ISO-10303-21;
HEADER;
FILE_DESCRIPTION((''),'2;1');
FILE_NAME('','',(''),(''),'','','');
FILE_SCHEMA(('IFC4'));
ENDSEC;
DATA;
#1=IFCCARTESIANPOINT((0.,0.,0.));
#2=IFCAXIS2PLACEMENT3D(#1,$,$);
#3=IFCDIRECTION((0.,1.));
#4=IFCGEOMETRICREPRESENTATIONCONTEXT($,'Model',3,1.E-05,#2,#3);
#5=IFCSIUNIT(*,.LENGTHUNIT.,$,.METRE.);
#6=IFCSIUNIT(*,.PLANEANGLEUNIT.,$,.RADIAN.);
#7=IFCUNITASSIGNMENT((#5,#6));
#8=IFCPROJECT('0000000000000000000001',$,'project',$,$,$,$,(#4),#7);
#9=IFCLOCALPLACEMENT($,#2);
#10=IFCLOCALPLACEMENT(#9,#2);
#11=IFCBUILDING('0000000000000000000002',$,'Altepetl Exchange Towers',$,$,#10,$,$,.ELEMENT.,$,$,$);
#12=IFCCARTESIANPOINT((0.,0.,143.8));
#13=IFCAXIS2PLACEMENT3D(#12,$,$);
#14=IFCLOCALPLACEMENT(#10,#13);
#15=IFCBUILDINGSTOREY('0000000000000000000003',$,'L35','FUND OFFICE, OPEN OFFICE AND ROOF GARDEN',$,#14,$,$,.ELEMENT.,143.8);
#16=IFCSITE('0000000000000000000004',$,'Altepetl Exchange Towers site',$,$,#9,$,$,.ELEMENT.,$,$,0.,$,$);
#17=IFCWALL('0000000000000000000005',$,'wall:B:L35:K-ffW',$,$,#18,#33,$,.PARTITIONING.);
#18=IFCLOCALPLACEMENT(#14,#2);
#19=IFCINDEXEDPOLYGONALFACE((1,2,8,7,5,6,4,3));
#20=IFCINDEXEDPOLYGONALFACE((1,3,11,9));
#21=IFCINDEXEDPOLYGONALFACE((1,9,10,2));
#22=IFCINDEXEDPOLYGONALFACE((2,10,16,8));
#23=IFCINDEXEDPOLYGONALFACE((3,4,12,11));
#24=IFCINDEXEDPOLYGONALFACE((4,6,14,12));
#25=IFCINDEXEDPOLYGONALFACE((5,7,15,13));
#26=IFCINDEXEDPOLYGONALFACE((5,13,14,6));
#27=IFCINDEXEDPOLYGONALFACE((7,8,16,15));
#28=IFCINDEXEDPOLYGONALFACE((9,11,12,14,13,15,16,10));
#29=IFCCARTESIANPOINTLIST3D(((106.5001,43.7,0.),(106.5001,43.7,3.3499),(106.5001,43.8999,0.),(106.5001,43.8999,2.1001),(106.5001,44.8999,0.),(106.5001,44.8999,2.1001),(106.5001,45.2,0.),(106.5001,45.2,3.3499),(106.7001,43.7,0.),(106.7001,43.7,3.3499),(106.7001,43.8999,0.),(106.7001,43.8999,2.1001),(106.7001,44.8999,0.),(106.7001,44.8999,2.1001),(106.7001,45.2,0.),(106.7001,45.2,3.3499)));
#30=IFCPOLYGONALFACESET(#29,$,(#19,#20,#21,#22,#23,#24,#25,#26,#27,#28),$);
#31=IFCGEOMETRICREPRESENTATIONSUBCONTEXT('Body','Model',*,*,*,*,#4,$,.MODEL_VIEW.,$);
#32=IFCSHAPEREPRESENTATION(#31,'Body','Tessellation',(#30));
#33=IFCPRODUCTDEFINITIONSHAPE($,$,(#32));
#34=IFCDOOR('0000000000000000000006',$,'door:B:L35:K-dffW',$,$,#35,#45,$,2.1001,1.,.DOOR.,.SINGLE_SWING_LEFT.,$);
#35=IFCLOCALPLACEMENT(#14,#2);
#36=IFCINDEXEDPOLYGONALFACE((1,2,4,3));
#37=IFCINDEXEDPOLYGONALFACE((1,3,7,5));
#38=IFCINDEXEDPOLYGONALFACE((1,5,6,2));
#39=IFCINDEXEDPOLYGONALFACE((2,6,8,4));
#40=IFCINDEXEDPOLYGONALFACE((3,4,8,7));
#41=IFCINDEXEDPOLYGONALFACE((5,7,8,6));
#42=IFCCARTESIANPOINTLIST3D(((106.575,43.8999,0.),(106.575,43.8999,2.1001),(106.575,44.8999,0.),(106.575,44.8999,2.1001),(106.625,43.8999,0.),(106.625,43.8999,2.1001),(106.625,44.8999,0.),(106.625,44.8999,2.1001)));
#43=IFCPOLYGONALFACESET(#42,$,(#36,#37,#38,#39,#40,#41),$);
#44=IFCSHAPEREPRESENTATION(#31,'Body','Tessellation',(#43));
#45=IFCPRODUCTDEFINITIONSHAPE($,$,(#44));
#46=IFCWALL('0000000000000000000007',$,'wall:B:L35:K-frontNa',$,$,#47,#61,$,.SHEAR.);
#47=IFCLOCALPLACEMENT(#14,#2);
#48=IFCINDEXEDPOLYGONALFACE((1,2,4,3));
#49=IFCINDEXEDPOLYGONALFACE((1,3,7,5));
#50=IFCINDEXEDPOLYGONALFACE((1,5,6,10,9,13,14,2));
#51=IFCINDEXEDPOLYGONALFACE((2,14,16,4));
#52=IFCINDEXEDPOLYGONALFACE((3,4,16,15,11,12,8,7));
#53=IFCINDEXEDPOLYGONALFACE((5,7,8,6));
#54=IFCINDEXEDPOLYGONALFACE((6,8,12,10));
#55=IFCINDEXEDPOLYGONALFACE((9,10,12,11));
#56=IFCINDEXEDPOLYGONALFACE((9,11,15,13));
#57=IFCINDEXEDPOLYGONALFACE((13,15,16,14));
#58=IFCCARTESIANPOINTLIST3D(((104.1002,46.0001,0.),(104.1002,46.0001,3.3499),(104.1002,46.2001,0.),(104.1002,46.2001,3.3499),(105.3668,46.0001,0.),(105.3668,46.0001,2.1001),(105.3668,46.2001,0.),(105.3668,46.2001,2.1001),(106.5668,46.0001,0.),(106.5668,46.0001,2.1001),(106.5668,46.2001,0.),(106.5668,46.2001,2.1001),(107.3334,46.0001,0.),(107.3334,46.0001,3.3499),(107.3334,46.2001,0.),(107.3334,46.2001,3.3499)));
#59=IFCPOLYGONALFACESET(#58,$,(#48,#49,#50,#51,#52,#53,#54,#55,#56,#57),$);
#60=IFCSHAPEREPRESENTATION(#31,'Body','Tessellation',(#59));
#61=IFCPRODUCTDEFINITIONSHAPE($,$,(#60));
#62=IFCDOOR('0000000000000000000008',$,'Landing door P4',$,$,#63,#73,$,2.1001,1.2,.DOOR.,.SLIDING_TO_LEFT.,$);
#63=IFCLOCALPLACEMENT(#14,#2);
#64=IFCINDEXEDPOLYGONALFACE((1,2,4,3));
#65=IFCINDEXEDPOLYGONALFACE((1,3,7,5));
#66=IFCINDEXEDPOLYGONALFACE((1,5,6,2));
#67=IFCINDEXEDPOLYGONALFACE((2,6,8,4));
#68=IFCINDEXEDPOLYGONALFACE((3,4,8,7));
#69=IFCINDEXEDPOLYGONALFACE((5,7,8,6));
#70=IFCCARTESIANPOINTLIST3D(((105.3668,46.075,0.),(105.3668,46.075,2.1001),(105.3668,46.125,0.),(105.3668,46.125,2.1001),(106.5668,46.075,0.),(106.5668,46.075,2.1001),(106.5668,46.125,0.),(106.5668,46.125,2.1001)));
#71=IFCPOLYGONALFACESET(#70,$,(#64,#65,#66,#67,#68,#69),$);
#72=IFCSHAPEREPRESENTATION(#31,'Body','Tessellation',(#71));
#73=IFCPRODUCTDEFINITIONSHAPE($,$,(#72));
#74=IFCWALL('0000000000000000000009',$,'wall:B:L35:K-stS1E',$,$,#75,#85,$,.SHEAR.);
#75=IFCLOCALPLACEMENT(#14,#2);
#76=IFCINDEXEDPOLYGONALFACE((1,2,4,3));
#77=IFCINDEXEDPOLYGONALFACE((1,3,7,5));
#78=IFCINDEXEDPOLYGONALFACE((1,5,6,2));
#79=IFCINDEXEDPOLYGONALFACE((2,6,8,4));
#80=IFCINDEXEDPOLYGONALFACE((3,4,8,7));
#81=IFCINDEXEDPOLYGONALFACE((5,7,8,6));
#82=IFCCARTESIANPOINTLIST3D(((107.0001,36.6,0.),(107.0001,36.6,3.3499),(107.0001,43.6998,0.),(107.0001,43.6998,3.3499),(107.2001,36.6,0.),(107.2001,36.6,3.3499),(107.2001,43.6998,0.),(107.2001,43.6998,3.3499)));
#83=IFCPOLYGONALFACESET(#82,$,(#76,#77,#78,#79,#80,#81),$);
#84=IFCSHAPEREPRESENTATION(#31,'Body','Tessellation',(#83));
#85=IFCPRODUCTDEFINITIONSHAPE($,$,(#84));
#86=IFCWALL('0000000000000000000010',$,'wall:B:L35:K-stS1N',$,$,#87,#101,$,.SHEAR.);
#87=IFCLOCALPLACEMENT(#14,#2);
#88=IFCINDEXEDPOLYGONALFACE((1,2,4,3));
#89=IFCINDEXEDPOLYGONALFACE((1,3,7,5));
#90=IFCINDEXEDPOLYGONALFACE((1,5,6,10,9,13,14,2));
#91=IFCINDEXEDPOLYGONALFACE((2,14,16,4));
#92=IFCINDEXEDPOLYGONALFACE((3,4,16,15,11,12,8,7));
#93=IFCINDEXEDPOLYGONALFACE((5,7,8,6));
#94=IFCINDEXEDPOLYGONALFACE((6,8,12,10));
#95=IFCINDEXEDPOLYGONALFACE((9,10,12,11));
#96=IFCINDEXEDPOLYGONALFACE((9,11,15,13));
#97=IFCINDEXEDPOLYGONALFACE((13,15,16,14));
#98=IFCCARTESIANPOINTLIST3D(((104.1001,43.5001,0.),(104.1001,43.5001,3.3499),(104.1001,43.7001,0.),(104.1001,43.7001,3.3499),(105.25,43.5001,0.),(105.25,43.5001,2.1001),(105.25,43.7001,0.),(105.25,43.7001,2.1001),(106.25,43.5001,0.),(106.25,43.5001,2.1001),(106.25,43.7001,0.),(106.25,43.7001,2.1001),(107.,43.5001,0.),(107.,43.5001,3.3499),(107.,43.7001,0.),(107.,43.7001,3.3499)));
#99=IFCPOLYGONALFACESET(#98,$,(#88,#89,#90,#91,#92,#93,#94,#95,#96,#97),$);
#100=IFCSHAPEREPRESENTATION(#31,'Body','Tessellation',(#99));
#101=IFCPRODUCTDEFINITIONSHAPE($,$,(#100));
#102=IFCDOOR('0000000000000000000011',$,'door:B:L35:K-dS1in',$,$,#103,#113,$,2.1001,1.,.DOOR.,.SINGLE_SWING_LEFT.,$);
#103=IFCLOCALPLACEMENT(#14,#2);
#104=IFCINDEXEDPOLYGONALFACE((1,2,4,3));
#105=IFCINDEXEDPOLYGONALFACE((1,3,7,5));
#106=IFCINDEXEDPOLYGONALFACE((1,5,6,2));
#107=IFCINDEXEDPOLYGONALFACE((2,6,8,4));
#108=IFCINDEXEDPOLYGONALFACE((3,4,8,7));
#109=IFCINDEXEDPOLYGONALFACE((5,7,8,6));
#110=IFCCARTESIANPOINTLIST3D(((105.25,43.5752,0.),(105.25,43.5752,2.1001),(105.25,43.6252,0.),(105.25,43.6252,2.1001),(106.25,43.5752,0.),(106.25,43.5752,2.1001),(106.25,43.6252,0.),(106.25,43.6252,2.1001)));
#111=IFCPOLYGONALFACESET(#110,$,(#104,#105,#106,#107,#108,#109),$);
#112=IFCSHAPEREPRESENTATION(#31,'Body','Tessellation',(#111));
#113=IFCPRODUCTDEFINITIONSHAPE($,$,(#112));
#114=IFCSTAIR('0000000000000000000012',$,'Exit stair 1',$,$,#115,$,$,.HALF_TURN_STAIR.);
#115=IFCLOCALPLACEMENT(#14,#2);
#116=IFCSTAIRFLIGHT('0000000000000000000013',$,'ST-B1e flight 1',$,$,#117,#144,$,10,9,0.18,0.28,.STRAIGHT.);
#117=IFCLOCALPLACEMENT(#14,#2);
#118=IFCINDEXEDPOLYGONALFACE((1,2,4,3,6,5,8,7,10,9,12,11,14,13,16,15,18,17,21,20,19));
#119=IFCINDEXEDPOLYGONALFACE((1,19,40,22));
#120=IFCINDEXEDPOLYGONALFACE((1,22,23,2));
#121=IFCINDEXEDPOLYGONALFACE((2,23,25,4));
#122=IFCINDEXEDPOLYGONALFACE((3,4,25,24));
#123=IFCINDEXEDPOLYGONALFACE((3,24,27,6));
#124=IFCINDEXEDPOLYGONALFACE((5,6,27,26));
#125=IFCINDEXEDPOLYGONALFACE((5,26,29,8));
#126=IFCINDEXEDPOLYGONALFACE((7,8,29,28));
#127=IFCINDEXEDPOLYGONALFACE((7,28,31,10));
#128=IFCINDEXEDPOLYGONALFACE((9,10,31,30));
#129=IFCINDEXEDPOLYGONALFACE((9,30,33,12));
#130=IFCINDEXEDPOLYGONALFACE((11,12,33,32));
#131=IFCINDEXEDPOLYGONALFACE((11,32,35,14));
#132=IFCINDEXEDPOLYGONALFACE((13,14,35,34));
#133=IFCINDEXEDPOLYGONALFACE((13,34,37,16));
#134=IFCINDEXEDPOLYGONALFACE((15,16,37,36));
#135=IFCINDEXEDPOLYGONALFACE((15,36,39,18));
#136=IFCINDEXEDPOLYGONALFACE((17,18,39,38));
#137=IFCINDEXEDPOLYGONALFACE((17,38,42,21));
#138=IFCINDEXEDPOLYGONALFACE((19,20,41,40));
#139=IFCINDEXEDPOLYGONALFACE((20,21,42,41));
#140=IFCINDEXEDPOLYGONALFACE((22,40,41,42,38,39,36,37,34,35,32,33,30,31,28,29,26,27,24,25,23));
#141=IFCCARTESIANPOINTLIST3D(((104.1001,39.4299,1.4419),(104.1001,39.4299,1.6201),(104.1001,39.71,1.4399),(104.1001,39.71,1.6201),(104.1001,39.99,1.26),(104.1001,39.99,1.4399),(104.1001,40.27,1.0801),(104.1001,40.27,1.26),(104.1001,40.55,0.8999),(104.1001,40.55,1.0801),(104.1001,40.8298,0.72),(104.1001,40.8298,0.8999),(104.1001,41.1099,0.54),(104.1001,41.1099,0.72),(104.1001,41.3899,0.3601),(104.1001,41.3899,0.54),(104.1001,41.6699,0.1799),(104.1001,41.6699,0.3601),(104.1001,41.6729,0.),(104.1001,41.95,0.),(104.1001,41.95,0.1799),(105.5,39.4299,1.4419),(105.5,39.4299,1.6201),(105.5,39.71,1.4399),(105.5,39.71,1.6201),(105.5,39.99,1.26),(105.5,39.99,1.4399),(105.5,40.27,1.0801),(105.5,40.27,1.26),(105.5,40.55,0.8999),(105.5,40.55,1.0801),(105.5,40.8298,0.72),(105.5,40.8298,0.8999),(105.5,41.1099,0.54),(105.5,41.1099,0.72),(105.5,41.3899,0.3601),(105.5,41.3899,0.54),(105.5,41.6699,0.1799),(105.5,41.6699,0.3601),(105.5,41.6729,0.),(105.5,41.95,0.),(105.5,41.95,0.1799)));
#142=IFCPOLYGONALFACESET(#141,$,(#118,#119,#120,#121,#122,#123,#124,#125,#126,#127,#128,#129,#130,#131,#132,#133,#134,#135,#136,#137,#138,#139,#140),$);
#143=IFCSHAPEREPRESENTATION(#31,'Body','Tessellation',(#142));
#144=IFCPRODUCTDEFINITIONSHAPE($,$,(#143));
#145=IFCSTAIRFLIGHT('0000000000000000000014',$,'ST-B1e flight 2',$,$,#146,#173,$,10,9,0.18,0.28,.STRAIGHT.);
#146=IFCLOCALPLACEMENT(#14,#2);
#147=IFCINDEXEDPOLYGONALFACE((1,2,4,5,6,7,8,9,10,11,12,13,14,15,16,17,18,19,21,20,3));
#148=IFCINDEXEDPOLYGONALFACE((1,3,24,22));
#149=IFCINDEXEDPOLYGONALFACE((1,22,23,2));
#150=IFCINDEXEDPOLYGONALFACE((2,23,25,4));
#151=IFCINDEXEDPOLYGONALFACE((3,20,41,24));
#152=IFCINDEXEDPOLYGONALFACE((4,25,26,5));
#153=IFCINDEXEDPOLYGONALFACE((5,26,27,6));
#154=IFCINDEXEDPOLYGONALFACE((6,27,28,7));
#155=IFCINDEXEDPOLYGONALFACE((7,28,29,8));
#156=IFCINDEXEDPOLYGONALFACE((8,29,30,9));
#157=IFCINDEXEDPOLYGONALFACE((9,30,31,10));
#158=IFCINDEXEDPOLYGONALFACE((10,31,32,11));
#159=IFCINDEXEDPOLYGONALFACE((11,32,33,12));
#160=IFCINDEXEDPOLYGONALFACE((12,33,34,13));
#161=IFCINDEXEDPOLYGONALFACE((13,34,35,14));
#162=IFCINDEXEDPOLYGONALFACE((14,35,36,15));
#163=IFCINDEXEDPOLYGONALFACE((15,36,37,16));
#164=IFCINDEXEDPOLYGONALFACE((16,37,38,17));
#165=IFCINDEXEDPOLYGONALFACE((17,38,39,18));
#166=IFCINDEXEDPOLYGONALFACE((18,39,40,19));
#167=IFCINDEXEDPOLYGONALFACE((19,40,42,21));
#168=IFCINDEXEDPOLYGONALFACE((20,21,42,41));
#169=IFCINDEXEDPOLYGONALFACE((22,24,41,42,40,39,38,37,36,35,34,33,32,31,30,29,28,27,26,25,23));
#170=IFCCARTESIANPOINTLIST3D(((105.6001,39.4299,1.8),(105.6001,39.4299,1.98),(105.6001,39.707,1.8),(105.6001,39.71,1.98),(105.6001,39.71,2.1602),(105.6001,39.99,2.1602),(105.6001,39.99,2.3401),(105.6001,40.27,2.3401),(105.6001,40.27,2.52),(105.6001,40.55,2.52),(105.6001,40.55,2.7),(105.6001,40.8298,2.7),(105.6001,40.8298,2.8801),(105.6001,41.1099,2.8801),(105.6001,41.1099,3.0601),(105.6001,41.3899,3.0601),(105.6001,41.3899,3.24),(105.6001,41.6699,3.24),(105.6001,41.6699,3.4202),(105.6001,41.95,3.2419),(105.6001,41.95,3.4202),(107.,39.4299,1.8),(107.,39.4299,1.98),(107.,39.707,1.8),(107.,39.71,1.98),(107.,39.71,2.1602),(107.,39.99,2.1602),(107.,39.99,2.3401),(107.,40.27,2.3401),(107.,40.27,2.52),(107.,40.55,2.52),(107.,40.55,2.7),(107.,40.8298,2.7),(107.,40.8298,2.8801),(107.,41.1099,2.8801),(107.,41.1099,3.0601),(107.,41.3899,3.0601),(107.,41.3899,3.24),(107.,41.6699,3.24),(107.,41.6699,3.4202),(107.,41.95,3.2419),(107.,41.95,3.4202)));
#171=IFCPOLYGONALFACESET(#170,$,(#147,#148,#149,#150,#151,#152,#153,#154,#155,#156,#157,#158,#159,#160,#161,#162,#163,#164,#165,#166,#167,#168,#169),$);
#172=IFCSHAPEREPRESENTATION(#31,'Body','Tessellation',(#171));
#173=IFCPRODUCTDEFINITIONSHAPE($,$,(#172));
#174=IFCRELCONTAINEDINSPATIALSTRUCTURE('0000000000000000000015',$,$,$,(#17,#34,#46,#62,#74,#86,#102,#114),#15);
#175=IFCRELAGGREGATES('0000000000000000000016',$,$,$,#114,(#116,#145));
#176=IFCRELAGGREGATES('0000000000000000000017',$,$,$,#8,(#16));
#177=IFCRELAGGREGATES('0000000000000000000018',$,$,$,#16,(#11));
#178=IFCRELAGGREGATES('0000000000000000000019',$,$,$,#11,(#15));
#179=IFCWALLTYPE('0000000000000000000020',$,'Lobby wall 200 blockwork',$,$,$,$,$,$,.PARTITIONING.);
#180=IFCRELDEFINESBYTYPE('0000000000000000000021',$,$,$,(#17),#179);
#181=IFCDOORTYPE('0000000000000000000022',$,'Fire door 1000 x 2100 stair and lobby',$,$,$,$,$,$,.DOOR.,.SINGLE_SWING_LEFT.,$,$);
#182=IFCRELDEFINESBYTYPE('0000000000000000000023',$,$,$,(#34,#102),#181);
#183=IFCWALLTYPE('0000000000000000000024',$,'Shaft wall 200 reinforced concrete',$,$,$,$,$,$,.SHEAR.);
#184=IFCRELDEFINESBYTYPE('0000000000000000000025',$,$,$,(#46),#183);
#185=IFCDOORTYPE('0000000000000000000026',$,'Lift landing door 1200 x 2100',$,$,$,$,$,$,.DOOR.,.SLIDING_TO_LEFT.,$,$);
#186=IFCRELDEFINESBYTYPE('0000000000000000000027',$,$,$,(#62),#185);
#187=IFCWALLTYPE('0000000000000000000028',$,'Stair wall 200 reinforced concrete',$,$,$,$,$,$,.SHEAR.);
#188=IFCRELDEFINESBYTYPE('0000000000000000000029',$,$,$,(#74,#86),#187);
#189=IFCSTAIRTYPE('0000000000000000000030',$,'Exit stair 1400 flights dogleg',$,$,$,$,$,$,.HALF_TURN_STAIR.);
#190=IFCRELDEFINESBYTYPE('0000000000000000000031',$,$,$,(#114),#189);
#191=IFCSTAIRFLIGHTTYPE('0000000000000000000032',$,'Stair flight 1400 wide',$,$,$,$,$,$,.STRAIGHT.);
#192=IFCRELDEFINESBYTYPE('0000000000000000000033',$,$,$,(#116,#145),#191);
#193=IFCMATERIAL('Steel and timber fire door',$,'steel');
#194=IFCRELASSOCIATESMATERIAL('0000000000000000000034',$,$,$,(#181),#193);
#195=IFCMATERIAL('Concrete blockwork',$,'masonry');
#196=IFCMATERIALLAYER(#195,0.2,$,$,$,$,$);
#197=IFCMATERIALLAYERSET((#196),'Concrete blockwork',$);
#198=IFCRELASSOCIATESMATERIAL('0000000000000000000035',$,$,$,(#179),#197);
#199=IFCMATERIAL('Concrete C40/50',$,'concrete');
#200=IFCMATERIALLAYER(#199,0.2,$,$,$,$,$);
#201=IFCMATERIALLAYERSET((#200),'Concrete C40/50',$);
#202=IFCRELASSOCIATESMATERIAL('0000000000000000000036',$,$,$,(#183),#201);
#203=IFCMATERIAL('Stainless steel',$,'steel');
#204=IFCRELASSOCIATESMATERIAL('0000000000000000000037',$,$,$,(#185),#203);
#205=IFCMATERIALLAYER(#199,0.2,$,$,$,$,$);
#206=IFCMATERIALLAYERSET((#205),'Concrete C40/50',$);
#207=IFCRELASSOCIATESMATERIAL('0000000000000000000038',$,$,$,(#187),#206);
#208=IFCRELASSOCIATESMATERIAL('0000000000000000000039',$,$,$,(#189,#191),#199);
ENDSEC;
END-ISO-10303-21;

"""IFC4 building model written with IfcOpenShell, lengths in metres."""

from ifc_helpers import new_model, si_unit, direction, frame, frame_2d, origin, place, context, subcontext, project, spatial, polyline, rectangle, outline, extrude, material, layer, layer_set, type_object, element, fill, aggregate, save


model = new_model("IFC4")

# Units and contexts
model_context = context("Model", 3, precision=1e-05, world=origin(), true_north=direction((0.0, 1.0)))
body_context = subcontext(model_context, "Body", "Model", "MODEL_VIEW")
ifc_project = project(units=[si_unit("LENGTHUNIT", "METRE"), si_unit("PLANEANGLEUNIT", "RADIAN")], contexts=[model_context])

# Site, building, storey
site_placement = place(None, origin())
site = spatial("IfcSite", under=ifc_project, at=site_placement, Name="Altepetl Exchange Towers site", CompositionType="ELEMENT", RefElevation=0.0)
building_placement = place(site_placement, origin())
building = spatial("IfcBuilding", under=site, at=building_placement, Name="Altepetl Exchange Towers", CompositionType="ELEMENT")
storey_placement = place(building_placement, frame((0.0, 0.0, 143.8)))
storey = spatial("IfcBuildingStorey", under=building, at=storey_placement, Name="L35", Description="FUND OFFICE, OPEN OFFICE AND ROOF GARDEN", CompositionType="ELEMENT", Elevation=143.8)

# Shared definitions
ifc_material_1 = material(Name="Steel and timber fire door", Category="steel")
door_type_1 = type_object("IfcDoorType", Name="Fire door 1000 x 2100 stair and lobby", OperationType="SINGLE_SWING_LEFT", PredefinedType="DOOR", material=ifc_material_1)

# Shared definitions
ifc_material_2 = material(Name="Concrete blockwork", Category="masonry")
ifc_layer_1 = layer(ifc_material_2, 0.2)
ifc_layer_set_1 = layer_set([ifc_layer_1], Name="Concrete blockwork")
wall_type_1 = type_object("IfcWallType", Name="Lobby wall 200 blockwork", PredefinedType="PARTITIONING", material=ifc_layer_set_1)

# Walls, openings, doors
wall_1_placement = place(storey_placement, frame((106.6001, 43.7, 0.0), z_axis=(0.0, 0.0, 1.0), x_axis=(0.0, 1.0, 0.0)))
wall_1 = element("IfcWall", 1, at=wall_1_placement, inside=storey, type_object=wall_type_1, Name="wall:B:L35:K-ffW", PredefinedType="PARTITIONING", context=body_context, shape_type="SweptSolid", body=[
    extrude(rectangle(XDim=1.5, YDim=0.2, at=frame_2d((0.75, 0.0))), origin(), (0.0, 0.0, 1.0), 3.3499),
])
opening_1_placement = place(wall_1_placement, frame((0.2, 0.0, 0.0)))
opening_1 = element("IfcOpeningElement", 2, at=opening_1_placement, cuts=wall_1, PredefinedType="OPENING", context=body_context, shape_type="SweptSolid", body=[
    extrude(rectangle(XDim=1.0, YDim=2.1001, at=frame_2d((0.5, 1.05))), frame((0.0, 0.1099, 0.0), z_axis=(0.0, -1.0, 0.0), x_axis=(1.0, 0.0, 0.0)), (0.0, 0.0, 1.0), 0.22),
])
door_1_placement = place(opening_1_placement, frame((1.0, 0.0, 0.0), x_axis=(-1.0, 0.0, 0.0)))
door_1 = element("IfcDoor", 3, at=door_1_placement, inside=storey, type_object=door_type_1, Name="door:B:L35:K-dffW", OperationType="SINGLE_SWING_LEFT", OverallHeight=2.1001, OverallWidth=1.0, PredefinedType="DOOR", context=body_context, shape_type="SweptSolid", body=[
    extrude(rectangle(XDim=1.0, YDim=2.1001, at=frame_2d((0.5, 1.05))), frame((0.0, 0.0249, 0.0), z_axis=(0.0, -1.0, 0.0), x_axis=(1.0, 0.0, 0.0)), (0.0, 0.0, 1.0), 0.05),
])
fill(opening_1, door_1)
ifc_material_3 = material(Name="Concrete C40/50", Category="concrete")
ifc_layer_2 = layer(ifc_material_3, 0.2)
ifc_layer_set_2 = layer_set([ifc_layer_2], Name="Concrete C40/50")
wall_type_2 = type_object("IfcWallType", Name="Shaft wall 200 reinforced concrete", PredefinedType="SHEAR", material=ifc_layer_set_2)
wall_2_placement = place(storey_placement, frame((104.1001, 46.1001, 0.0)))
wall_2 = element("IfcWall", 4, at=wall_2_placement, inside=storey, type_object=wall_type_2, Name="wall:B:L35:K-frontNa", PredefinedType="SHEAR", context=body_context, shape_type="SweptSolid", body=[
    extrude(rectangle(XDim=3.2332, YDim=0.2, at=frame_2d((1.6167, 0.0))), origin(), (0.0, 0.0, 1.0), 3.3499),
])
opening_2_placement = place(wall_2_placement, frame((1.2666, 0.0, 0.0)))
opening_2 = element("IfcOpeningElement", 5, at=opening_2_placement, cuts=wall_2, PredefinedType="OPENING", context=body_context, shape_type="SweptSolid", body=[
    extrude(rectangle(XDim=1.2, YDim=2.1001, at=frame_2d((0.6001, 1.05))), frame((0.0, 0.1099, 0.0), z_axis=(0.0, -1.0, 0.0), x_axis=(1.0, 0.0, 0.0)), (0.0, 0.0, 1.0), 0.22),
])
ifc_material_4 = material(Name="Stainless steel", Category="steel")
door_type_2 = type_object("IfcDoorType", Name="Lift landing door 1200 x 2100", OperationType="SLIDING_TO_LEFT", PredefinedType="DOOR", material=ifc_material_4)
door_2_placement = place(opening_2_placement, origin())
door_2 = element("IfcDoor", 6, at=door_2_placement, inside=storey, type_object=door_type_2, Name="Landing door P4", OperationType="SLIDING_TO_LEFT", OverallHeight=2.1001, OverallWidth=1.2, PredefinedType="DOOR", context=body_context, shape_type="SweptSolid", body=[
    extrude(rectangle(XDim=1.2, YDim=2.1001, at=frame_2d((0.6001, 1.05))), frame((0.0, 0.0249, 0.0), z_axis=(0.0, -1.0, 0.0), x_axis=(1.0, 0.0, 0.0)), (0.0, 0.0, 1.0), 0.05),
])
fill(opening_2, door_2)

# Wall
ifc_layer_3 = layer(ifc_material_3, 0.2)
ifc_layer_set_3 = layer_set([ifc_layer_3], Name="Concrete C40/50")
wall_type_3 = type_object("IfcWallType", Name="Stair wall 200 reinforced concrete", PredefinedType="SHEAR", material=ifc_layer_set_3)
wall_3_placement = place(storey_placement, frame((107.1001, 36.6001, 0.0), z_axis=(0.0, 0.0, 1.0), x_axis=(0.0, 1.0, 0.0)))
element("IfcWall", 7, at=wall_3_placement, inside=storey, type_object=wall_type_3, Name="wall:B:L35:K-stS1E", PredefinedType="SHEAR", context=body_context, shape_type="SweptSolid", body=[
    extrude(rectangle(XDim=7.0999, YDim=0.2, at=frame_2d((3.5498, 0.0))), origin(), (0.0, 0.0, 1.0), 3.3499),
])

# Wall, opening, door
wall_4_placement = place(storey_placement, frame((104.1001, 43.6001, 0.0)))
wall_4 = element("IfcWall", 8, at=wall_4_placement, inside=storey, type_object=wall_type_3, Name="wall:B:L35:K-stS1N", PredefinedType="SHEAR", context=body_context, shape_type="SweptSolid", body=[
    extrude(rectangle(XDim=2.8999, YDim=0.2, at=frame_2d((1.45, 0.0))), origin(), (0.0, 0.0, 1.0), 3.3499),
])
opening_3_placement = place(wall_4_placement, frame((1.1499, 0.0, 0.0)))
opening_3 = element("IfcOpeningElement", 9, at=opening_3_placement, cuts=wall_4, PredefinedType="OPENING", context=body_context, shape_type="SweptSolid", body=[
    extrude(rectangle(XDim=1.0, YDim=2.1001, at=frame_2d((0.5, 1.05))), frame((0.0, 0.1099, 0.0), z_axis=(0.0, -1.0, 0.0), x_axis=(1.0, 0.0, 0.0)), (0.0, 0.0, 1.0), 0.22),
])
door_3_placement = place(opening_3_placement, frame((1.0, 0.0, 0.0), x_axis=(-1.0, 0.0, 0.0)))
door_3 = element("IfcDoor", 10, at=door_3_placement, inside=storey, type_object=door_type_1, Name="door:B:L35:K-dS1in", OperationType="SINGLE_SWING_LEFT", OverallHeight=2.1001, OverallWidth=1.0, PredefinedType="DOOR", context=body_context, shape_type="SweptSolid", body=[
    extrude(rectangle(XDim=1.0, YDim=2.1001, at=frame_2d((0.5, 1.05))), frame((0.0, 0.0249, 0.0), z_axis=(0.0, -1.0, 0.0), x_axis=(1.0, 0.0, 0.0)), (0.0, 0.0, 1.0), 0.05),
])
fill(opening_3, door_3)

# Stair, stair flights
stair_type = type_object("IfcStairType", Name="Exit stair 1400 flights dogleg", PredefinedType="HALF_TURN_STAIR", material=ifc_material_3)
stair_placement = place(storey_placement, origin())
stair = element("IfcStair", 11, at=stair_placement, inside=storey, type_object=stair_type, Name="Exit stair 1", PredefinedType="HALF_TURN_STAIR")
stair_flight_type = type_object("IfcStairFlightType", Name="Stair flight 1400 wide", PredefinedType="STRAIGHT", material=ifc_material_3)
stair_flight_1_placement = place(storey_placement, frame((104.8, 41.95, 0.0), z_axis=(0.0, 0.0, 1.0), x_axis=(0.0, -1.0, 0.0)))
stair_flight_1 = element("IfcStairFlight", 12, at=stair_flight_1_placement, type_object=stair_flight_type, Name="ST-B1e flight 1", NumberOfRisers=10, NumberOfTreads=9, PredefinedType="STRAIGHT", RiserHeight=0.18, TreadLength=0.28, context=body_context, shape_type="SweptSolid", body=[
    extrude(outline(polyline([(0.0, 0.0), (0.0, 0.1799), (0.28, 0.1799), (0.28, 0.3601), (0.5601, 0.3601), (0.5601, 0.54), (0.8401, 0.54), (0.8401, 0.72), (1.1201, 0.72), (1.1201, 0.8999), (1.3999, 0.8999), (1.3999, 1.0801), (1.6799, 1.0801), (1.6799, 1.26), (1.96, 1.26), (1.96, 1.4399), (2.24, 1.4399), (2.24, 1.6201), (2.52, 1.6201), (2.52, 1.8), (2.52, 1.4419), (0.2771, 0.0), (0.0, 0.0)])), frame((0.0, 0.7, 0.0), z_axis=(0.0, -1.0, 0.0), x_axis=(1.0, 0.0, 0.0)), (0.0, 0.0, 1.0), 1.3999),
])
stair_flight_2_placement = place(storey_placement, frame((106.3, 39.4299, 1.8), z_axis=(0.0, 0.0, 1.0), x_axis=(0.0, 1.0, 0.0)))
stair_flight_2 = element("IfcStairFlight", 13, at=stair_flight_2_placement, type_object=stair_flight_type, Name="ST-B1e flight 2", NumberOfRisers=10, NumberOfTreads=9, PredefinedType="STRAIGHT", RiserHeight=0.18, TreadLength=0.28, context=body_context, shape_type="SweptSolid", body=[
    extrude(outline(polyline([(0.0, 0.0), (0.0, 0.1799), (0.28, 0.1799), (0.28, 0.3601), (0.5601, 0.3601), (0.5601, 0.54), (0.8401, 0.54), (0.8401, 0.72), (1.1201, 0.72), (1.1201, 0.8999), (1.3999, 0.8999), (1.3999, 1.0801), (1.6799, 1.0801), (1.6799, 1.26), (1.96, 1.26), (1.96, 1.4399), (2.24, 1.4399), (2.24, 1.6201), (2.52, 1.6201), (2.52, 1.8), (2.52, 1.4419), (0.2771, 0.0), (0.0, 0.0)])), frame((0.0, 0.7, 0.0), z_axis=(0.0, -1.0, 0.0), x_axis=(1.0, 0.0, 0.0)), (0.0, 0.0, 1.0), 1.3999),
])
aggregate(stair, [stair_flight_1, stair_flight_2])

save(model, "model.ifc")
